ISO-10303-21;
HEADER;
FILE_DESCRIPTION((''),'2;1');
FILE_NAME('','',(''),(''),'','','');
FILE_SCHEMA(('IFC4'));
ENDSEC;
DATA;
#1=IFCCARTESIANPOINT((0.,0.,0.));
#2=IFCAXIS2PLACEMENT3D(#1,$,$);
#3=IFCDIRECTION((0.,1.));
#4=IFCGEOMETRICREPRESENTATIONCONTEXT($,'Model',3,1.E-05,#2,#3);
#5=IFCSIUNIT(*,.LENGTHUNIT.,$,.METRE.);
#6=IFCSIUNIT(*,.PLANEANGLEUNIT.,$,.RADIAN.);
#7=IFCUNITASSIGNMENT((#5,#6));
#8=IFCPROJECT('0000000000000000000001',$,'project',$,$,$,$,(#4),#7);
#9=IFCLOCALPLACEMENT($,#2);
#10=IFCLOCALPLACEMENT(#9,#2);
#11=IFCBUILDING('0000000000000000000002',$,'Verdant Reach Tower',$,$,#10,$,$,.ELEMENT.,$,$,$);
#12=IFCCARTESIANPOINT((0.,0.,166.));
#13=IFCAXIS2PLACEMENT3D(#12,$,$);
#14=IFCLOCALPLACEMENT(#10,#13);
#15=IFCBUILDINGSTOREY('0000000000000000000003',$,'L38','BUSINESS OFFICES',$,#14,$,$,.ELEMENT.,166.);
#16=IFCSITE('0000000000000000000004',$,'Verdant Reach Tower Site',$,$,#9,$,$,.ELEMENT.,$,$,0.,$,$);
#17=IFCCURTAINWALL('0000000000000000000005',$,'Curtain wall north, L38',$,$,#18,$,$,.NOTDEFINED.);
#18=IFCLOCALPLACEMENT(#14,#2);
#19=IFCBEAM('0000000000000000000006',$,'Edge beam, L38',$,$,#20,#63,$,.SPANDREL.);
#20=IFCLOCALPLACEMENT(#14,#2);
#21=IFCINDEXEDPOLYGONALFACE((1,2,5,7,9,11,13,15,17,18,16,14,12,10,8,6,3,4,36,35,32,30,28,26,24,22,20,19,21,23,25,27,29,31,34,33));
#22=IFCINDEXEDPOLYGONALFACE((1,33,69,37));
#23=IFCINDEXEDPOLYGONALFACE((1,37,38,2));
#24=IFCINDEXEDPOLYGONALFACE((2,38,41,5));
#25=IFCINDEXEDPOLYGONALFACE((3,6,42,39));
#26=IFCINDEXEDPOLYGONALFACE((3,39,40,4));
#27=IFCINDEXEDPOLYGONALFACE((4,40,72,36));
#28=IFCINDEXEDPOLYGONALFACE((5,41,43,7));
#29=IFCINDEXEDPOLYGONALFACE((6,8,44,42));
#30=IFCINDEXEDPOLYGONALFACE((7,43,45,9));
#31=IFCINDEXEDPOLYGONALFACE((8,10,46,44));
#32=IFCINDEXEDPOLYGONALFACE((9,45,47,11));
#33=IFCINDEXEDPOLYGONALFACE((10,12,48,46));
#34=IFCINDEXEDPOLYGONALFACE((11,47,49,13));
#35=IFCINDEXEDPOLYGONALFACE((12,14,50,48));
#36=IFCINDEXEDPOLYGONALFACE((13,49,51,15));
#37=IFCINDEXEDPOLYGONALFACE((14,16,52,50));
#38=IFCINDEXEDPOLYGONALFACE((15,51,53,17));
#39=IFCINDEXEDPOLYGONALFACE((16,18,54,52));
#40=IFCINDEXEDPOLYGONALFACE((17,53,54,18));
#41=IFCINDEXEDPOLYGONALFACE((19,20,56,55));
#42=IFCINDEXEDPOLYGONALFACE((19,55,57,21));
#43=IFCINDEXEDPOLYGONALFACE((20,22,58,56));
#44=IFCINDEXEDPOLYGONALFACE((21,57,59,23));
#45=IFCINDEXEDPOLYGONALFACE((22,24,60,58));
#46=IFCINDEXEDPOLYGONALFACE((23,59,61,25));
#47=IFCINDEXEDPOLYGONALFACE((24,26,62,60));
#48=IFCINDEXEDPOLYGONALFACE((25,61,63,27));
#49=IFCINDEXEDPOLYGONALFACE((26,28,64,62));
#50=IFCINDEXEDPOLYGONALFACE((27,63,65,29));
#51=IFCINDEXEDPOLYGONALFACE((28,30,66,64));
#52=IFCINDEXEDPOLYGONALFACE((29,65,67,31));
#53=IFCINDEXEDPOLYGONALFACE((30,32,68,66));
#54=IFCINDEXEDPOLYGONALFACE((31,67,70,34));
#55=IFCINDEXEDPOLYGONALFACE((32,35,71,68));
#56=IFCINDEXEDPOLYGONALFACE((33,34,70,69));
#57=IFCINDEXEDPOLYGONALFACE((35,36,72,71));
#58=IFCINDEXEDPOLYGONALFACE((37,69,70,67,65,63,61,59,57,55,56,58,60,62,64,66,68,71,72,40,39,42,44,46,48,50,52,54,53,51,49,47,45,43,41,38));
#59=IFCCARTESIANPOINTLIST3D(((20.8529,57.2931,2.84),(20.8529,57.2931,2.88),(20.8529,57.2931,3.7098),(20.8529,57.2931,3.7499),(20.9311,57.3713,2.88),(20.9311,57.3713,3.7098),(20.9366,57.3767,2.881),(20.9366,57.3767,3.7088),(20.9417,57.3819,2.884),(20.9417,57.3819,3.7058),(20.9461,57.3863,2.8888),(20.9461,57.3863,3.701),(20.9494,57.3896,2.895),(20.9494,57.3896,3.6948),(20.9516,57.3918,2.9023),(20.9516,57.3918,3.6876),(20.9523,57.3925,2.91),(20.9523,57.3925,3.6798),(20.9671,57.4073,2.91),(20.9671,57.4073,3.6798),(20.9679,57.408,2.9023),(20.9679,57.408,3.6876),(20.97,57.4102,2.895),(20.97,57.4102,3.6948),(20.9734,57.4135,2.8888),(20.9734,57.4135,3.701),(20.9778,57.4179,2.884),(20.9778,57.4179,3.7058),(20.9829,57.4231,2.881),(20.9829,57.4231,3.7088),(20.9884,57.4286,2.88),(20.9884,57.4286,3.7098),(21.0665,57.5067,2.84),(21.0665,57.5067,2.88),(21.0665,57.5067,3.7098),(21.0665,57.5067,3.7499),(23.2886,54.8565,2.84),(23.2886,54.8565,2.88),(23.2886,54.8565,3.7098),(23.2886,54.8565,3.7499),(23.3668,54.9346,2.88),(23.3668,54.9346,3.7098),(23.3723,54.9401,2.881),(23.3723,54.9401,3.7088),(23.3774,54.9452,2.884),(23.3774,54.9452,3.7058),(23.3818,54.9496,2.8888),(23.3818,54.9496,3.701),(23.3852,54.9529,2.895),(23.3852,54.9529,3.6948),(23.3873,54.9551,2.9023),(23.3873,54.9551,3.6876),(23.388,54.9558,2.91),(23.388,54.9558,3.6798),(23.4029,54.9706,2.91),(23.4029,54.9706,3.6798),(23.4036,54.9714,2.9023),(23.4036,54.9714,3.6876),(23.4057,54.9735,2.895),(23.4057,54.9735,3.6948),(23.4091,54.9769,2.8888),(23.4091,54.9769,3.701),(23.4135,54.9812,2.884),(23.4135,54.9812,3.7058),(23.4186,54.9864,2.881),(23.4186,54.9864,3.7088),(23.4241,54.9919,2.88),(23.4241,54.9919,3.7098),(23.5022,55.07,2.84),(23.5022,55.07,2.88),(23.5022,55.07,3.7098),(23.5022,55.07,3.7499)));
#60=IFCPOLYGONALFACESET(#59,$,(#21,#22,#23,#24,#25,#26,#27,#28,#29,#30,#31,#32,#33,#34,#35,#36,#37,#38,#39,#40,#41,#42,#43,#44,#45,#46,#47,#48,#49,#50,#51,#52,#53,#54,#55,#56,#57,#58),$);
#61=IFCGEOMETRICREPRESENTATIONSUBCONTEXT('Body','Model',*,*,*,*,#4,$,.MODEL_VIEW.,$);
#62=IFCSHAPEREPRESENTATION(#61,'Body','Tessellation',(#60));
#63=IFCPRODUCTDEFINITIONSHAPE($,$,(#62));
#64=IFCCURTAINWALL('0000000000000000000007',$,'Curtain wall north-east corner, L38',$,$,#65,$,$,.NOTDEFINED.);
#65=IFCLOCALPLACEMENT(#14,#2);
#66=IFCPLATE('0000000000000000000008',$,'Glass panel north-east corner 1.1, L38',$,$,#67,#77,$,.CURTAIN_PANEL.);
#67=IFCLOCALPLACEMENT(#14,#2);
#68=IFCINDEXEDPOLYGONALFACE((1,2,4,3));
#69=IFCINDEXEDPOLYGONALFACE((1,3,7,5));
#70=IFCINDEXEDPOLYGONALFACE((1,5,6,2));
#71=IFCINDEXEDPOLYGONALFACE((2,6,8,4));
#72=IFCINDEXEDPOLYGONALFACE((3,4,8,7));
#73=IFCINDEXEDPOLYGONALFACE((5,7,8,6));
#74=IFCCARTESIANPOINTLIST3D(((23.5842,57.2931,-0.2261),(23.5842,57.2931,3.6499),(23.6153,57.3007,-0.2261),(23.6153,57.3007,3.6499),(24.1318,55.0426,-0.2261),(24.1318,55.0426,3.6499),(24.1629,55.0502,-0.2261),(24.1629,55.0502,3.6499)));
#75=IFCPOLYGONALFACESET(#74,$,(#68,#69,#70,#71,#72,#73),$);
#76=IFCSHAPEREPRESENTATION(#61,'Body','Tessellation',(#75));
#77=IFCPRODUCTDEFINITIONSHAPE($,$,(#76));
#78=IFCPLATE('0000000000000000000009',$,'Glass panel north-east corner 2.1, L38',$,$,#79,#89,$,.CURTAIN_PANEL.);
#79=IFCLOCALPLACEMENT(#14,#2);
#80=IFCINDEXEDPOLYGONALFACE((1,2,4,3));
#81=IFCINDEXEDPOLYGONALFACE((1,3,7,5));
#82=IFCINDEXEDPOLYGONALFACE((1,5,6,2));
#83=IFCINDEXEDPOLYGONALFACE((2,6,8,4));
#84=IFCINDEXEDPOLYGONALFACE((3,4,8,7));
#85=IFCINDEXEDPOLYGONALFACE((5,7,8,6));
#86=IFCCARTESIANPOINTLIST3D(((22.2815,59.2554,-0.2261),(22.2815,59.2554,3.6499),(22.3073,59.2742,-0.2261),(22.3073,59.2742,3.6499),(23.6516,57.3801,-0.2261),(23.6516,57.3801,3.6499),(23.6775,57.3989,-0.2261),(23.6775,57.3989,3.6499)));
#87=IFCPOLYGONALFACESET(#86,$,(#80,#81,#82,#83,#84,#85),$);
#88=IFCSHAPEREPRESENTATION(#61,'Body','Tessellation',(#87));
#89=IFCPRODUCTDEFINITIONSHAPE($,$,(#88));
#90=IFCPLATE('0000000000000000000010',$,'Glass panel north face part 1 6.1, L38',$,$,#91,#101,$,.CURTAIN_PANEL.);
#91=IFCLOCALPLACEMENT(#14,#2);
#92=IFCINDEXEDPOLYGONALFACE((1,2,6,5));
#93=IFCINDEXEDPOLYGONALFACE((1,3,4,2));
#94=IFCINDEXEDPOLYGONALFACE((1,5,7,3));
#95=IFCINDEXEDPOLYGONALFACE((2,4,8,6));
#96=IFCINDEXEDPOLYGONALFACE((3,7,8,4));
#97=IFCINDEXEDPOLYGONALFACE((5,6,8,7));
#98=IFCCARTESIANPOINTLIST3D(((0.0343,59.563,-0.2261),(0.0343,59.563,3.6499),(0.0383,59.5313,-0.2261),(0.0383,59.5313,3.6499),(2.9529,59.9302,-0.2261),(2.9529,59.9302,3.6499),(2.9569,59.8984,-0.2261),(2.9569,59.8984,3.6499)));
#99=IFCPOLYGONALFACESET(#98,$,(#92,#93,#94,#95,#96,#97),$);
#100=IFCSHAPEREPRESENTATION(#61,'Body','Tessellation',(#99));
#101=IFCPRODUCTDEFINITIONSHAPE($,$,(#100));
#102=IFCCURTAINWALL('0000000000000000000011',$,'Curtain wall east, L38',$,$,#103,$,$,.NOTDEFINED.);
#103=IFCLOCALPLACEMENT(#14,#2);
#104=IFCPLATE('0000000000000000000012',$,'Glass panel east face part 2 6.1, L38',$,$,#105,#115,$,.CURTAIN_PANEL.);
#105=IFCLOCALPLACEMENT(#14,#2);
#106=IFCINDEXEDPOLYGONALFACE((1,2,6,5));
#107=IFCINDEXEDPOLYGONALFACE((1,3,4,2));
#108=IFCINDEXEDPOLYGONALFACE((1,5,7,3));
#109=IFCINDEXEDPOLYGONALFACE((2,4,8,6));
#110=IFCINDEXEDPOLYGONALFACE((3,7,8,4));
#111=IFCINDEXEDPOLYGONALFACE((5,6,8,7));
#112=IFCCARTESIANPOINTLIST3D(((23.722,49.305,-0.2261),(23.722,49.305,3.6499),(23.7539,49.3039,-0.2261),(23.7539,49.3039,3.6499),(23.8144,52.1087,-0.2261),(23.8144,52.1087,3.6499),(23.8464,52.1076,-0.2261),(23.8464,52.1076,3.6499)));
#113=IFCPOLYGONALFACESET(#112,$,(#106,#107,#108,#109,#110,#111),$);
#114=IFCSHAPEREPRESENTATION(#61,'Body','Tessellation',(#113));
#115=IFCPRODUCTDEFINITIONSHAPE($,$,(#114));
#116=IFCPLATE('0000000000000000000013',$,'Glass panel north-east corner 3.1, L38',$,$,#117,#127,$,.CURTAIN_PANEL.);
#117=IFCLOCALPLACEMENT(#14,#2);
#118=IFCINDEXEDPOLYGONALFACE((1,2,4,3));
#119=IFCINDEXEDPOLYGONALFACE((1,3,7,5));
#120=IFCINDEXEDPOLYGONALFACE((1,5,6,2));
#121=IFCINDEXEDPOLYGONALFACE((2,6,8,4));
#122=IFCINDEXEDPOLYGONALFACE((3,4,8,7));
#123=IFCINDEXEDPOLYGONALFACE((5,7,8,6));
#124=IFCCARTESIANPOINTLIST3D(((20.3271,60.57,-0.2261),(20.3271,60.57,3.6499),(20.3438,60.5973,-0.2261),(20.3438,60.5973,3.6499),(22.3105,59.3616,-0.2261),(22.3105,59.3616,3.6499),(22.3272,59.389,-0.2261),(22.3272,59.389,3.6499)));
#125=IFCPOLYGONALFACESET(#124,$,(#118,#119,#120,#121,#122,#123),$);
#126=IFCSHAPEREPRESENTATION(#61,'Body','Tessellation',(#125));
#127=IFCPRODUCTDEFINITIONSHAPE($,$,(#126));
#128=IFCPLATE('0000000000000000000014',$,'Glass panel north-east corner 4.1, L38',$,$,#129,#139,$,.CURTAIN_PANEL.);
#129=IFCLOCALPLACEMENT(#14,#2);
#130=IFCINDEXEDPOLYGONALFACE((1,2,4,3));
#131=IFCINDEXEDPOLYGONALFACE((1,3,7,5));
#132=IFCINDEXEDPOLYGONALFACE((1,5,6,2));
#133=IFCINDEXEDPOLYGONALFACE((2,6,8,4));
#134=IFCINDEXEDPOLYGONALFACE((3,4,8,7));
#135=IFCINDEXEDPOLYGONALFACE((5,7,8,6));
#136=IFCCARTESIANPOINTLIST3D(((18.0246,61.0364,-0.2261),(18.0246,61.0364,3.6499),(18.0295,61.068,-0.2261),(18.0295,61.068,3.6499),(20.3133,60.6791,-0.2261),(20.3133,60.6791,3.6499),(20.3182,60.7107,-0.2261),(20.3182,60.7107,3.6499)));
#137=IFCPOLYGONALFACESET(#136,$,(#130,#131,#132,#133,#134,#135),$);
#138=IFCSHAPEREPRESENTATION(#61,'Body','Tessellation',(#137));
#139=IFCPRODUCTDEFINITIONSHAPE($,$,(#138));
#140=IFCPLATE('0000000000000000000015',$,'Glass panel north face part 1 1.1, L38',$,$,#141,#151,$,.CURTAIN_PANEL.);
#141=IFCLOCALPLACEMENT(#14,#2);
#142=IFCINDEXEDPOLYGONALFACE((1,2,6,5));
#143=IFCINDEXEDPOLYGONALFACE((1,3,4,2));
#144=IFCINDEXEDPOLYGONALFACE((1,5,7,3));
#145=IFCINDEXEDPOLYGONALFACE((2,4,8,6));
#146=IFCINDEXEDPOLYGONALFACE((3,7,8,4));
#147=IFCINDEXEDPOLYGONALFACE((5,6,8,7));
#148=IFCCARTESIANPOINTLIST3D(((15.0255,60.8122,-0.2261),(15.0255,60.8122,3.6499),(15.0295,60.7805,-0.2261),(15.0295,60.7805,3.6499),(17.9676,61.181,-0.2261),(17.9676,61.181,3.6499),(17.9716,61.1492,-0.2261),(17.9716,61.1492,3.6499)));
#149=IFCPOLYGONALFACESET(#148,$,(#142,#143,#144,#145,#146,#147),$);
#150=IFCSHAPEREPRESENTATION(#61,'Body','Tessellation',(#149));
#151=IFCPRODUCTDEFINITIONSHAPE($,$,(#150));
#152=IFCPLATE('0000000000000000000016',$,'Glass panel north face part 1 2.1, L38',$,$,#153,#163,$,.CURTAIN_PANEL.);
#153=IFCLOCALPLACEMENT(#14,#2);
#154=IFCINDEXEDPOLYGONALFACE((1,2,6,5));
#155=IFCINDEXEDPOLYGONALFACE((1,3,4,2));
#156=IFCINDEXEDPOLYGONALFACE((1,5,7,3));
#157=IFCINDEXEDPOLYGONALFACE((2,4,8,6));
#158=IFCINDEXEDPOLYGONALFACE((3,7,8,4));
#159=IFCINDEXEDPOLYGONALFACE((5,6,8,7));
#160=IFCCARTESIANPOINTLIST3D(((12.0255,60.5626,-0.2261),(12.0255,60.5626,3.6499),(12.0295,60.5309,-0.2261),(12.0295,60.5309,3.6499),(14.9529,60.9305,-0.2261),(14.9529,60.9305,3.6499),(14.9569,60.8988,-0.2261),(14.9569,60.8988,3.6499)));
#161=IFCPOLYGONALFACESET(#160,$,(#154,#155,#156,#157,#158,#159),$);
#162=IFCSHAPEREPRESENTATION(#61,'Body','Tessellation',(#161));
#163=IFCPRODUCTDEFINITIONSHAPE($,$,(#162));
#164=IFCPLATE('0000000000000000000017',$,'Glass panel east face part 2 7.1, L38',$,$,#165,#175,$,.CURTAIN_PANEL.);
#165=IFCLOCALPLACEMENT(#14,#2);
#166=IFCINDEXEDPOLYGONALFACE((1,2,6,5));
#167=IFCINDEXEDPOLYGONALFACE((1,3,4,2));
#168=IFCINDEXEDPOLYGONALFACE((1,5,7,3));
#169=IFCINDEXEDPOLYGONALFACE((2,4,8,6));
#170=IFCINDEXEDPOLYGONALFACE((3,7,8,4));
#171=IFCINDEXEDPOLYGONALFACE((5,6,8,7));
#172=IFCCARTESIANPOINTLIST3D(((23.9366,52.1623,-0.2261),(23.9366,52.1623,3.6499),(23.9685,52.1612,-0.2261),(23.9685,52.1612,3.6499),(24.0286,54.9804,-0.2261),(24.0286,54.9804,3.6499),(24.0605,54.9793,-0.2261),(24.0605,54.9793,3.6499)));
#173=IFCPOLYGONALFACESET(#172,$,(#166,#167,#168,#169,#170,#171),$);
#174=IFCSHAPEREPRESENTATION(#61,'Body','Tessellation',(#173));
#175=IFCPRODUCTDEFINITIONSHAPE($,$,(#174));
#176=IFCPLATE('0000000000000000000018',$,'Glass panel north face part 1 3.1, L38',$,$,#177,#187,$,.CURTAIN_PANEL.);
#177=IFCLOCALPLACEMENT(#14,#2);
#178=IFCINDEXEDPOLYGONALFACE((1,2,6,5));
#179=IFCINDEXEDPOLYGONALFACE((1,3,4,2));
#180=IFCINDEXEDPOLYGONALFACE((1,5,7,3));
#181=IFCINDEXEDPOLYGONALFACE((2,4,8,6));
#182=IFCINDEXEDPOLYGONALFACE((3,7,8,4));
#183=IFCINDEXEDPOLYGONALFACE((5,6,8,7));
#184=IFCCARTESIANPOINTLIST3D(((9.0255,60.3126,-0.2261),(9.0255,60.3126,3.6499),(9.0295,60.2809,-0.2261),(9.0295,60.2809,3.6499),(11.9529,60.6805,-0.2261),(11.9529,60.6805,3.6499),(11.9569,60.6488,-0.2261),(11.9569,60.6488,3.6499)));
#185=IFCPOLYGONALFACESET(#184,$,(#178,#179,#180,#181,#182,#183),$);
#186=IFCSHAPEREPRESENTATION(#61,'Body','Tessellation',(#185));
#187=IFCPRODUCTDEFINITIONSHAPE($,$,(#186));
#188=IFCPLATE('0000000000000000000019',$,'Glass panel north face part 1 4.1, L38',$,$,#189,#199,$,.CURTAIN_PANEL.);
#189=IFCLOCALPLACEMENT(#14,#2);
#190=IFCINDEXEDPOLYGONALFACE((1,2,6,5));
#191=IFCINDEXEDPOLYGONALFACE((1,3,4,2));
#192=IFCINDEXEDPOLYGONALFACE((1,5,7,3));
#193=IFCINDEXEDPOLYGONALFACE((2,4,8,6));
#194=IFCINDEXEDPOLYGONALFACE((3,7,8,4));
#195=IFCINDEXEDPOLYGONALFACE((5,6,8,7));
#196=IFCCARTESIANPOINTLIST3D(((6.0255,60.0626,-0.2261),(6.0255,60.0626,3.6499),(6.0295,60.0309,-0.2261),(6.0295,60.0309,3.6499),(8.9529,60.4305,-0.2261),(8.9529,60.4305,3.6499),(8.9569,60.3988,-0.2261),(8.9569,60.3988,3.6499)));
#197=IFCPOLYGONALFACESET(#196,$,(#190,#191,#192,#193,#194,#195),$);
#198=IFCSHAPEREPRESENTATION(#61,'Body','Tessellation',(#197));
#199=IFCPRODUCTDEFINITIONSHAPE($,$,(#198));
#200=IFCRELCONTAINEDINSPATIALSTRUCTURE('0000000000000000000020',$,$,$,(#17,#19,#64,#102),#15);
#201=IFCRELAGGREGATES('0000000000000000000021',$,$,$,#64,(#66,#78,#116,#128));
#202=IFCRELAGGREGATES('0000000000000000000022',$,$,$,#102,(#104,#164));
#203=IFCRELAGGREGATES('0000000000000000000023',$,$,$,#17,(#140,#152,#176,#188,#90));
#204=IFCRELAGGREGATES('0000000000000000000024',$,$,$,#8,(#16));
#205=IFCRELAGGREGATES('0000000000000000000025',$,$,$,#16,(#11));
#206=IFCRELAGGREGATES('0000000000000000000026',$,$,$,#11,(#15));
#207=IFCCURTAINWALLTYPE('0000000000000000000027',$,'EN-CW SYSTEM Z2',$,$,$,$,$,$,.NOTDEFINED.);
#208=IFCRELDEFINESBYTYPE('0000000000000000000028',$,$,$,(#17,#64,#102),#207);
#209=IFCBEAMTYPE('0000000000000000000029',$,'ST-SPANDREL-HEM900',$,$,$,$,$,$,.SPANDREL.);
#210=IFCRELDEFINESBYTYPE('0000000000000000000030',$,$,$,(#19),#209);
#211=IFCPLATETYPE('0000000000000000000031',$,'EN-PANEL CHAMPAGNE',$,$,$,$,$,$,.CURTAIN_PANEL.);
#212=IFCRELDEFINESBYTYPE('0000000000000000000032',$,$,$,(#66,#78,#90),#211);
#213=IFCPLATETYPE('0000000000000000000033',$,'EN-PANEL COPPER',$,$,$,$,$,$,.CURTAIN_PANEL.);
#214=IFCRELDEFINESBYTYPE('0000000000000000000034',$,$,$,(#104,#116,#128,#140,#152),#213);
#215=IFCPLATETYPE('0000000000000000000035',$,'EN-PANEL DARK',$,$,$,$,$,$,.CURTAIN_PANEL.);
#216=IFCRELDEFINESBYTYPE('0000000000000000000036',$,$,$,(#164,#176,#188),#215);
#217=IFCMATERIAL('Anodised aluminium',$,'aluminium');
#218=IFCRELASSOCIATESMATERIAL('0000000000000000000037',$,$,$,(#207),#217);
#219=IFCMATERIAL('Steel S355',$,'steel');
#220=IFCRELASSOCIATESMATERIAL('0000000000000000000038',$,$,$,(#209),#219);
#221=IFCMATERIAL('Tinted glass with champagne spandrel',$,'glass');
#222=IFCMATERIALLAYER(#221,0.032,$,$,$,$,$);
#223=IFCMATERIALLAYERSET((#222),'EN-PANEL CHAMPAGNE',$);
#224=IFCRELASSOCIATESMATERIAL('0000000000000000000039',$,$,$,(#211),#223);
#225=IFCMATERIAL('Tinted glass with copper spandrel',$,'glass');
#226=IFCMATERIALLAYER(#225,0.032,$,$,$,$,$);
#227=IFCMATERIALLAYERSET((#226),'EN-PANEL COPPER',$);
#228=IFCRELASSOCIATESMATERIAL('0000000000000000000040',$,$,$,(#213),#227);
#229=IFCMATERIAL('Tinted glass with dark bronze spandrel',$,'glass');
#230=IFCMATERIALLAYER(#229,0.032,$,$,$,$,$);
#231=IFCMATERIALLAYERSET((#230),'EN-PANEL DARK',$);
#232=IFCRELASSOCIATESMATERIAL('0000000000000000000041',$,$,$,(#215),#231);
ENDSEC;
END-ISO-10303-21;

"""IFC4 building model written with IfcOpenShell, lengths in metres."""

from ifc_helpers import new_model, si_unit, direction, frame, origin, origin_2d, place, context, subcontext, project, spatial, rectangle, i_section, extrude, material, layer, layer_set, material_profile, profile_set, type_object, element, aggregate, save


model = new_model("IFC4")

# Units and contexts
model_context = context("Model", 3, precision=1e-05, world=origin(), true_north=direction((0.0, 1.0)))
body_context = subcontext(model_context, "Body", "Model", "MODEL_VIEW")
ifc_project = project(units=[si_unit("LENGTHUNIT", "METRE"), si_unit("PLANEANGLEUNIT", "RADIAN")], contexts=[model_context])

# Site, building, storey
site_placement = place(None, origin())
site = spatial("IfcSite", under=ifc_project, at=site_placement, Name="Verdant Reach Tower Site", CompositionType="ELEMENT", RefElevation=0.0)
building_placement = place(site_placement, origin())
building = spatial("IfcBuilding", under=site, at=building_placement, Name="Verdant Reach Tower", CompositionType="ELEMENT")
storey_placement = place(building_placement, frame((0.0, 0.0, 166.0)))
storey = spatial("IfcBuildingStorey", under=building, at=storey_placement, Name="L38", Description="BUSINESS OFFICES", CompositionType="ELEMENT", Elevation=166.0)

# Curtain wall
ifc_material_1 = material(Name="Anodised aluminium", Category="aluminium")
curtain_wall_type = type_object("IfcCurtainWallType", Name="EN-CW SYSTEM Z2", PredefinedType="NOTDEFINED", material=ifc_material_1)
curtain_wall_1_placement = place(storey_placement, origin())
curtain_wall_1 = element("IfcCurtainWall", 1, at=curtain_wall_1_placement, inside=storey, type_object=curtain_wall_type, Name="Curtain wall north, L38", PredefinedType="NOTDEFINED")

# Beam
ifc_material_2 = material(Name="Steel S355", Category="steel")
ifc_material_profile_1 = material_profile(ifc_material_2, i_section(OverallWidth=0.302, OverallDepth=0.9099, WebThickness=0.021, FlangeThickness=0.04, FilletRadius=0.03, at=origin_2d()), Name="HEM 900")
ifc_profile_set_1 = profile_set([ifc_material_profile_1], Name="Steel S355")
beam_type_1 = type_object("IfcBeamType", Name="ST-SPANDREL-HEM900", PredefinedType="SPANDREL", material=ifc_profile_set_1)
beam_1_placement = place(storey_placement, frame((20.9597, 57.3999, 3.2949), z_axis=(0.706965, -0.707248, 0.0), x_axis=(0.707248, 0.706965, 0.0)))
element("IfcBeam", 2, at=beam_1_placement, inside=storey, type_object=beam_type_1, Name="Edge beam, L38", PredefinedType="SPANDREL", context=body_context, shape_type="SweptSolid", body=[
    extrude(i_section(OverallWidth=0.302, OverallDepth=0.9099, WebThickness=0.021, FlangeThickness=0.04, FilletRadius=0.03, at=origin_2d()), origin(), (0.0, 0.0, 1.0), 3.4453),
])

# Curtain wall, plates
curtain_wall_2_placement = place(storey_placement, origin())
curtain_wall_2 = element("IfcCurtainWall", 3, at=curtain_wall_2_placement, inside=storey, type_object=curtain_wall_type, Name="Curtain wall north-east corner, L38", PredefinedType="NOTDEFINED")
ifc_material_3 = material(Name="Tinted glass with champagne spandrel", Category="glass")
ifc_layer_1 = layer(ifc_material_3, 0.032)
ifc_layer_set_1 = layer_set([ifc_layer_1], Name="EN-PANEL CHAMPAGNE")
plate_type_1 = type_object("IfcPlateType", Name="EN-PANEL CHAMPAGNE", PredefinedType="CURTAIN_PANEL", material=ifc_layer_set_1)
plate_1_placement = place(storey_placement, frame((23.8735, 56.1716, -0.2261), z_axis=(0.0, 0.0, 1.0), x_axis=(-0.236416, 0.971652, 0.0)))
plate_1 = element("IfcPlate", 4, at=plate_1_placement, type_object=plate_type_1, Name="Glass panel north-east corner 1.1, L38", PredefinedType="CURTAIN_PANEL", context=body_context, shape_type="SweptSolid", body=[
    extrude(rectangle(XDim=2.3162, YDim=0.032, at=origin_2d()), origin(), (0.0, 0.0, 1.0), 3.876),
])
plate_2_placement = place(storey_placement, frame((22.9795, 58.3271, -0.2261), z_axis=(0.0, 0.0, 1.0), x_axis=(-0.589927, 0.807457, 0.0)))
plate_2 = element("IfcPlate", 5, at=plate_2_placement, type_object=plate_type_1, Name="Glass panel north-east corner 2.1, L38", PredefinedType="CURTAIN_PANEL", context=body_context, shape_type="SweptSolid", body=[
    extrude(rectangle(XDim=2.3225, YDim=0.032, at=origin_2d()), origin(), (0.0, 0.0, 1.0), 3.876),
])

# Plate
plate_3_placement = place(storey_placement, frame((1.4956, 59.7307, -0.2261), z_axis=(0.0, 0.0, 1.0), x_axis=(-0.992179, -0.124825, 0.0)))
plate_3 = element("IfcPlate", 6, at=plate_3_placement, type_object=plate_type_1, Name="Glass panel north face part 1 6.1, L38", PredefinedType="CURTAIN_PANEL", context=body_context, shape_type="SweptSolid", body=[
    extrude(rectangle(XDim=2.9417, YDim=0.032, at=origin_2d()), origin(), (0.0, 0.0, 1.0), 3.876),
])

# Curtain wall, plate
curtain_wall_3_placement = place(storey_placement, origin())
curtain_wall_3 = element("IfcCurtainWall", 7, at=curtain_wall_3_placement, inside=storey, type_object=curtain_wall_type, Name="Curtain wall east, L38", PredefinedType="NOTDEFINED")
ifc_material_4 = material(Name="Tinted glass with copper spandrel", Category="glass")
ifc_layer_2 = layer(ifc_material_4, 0.032)
ifc_layer_set_2 = layer_set([ifc_layer_2], Name="EN-PANEL COPPER")
plate_type_2 = type_object("IfcPlateType", Name="EN-PANEL COPPER", PredefinedType="CURTAIN_PANEL", material=ifc_layer_set_2)
plate_4_placement = place(storey_placement, frame((23.7842, 50.7063, -0.2261), z_axis=(0.0, 0.0, 1.0), x_axis=(0.032966, 0.999456, 0.0)))
plate_4 = element("IfcPlate", 8, at=plate_4_placement, type_object=plate_type_2, Name="Glass panel east face part 2 6.1, L38", PredefinedType="CURTAIN_PANEL", context=body_context, shape_type="SweptSolid", body=[
    extrude(rectangle(XDim=2.8052, YDim=0.032, at=origin_2d()), origin(), (0.0, 0.0, 1.0), 3.876),
])

# Plates
plate_5_placement = place(storey_placement, frame((21.3271, 59.9795, -0.2261), z_axis=(0.0, 0.0, 1.0), x_axis=(-0.853989, 0.520292, 0.0)))
plate_5 = element("IfcPlate", 9, at=plate_5_placement, type_object=plate_type_2, Name="Glass panel north-east corner 3.1, L38", PredefinedType="CURTAIN_PANEL", context=body_context, shape_type="SweptSolid", body=[
    extrude(rectangle(XDim=2.3225, YDim=0.032, at=origin_2d()), origin(), (0.0, 0.0, 1.0), 3.876),
])
plate_6_placement = place(storey_placement, frame((19.1714, 60.8735, -0.2261), z_axis=(0.0, 0.0, 1.0), x_axis=(-0.988031, 0.154256, 0.0)))
plate_6 = element("IfcPlate", 10, at=plate_6_placement, type_object=plate_type_2, Name="Glass panel north-east corner 4.1, L38", PredefinedType="CURTAIN_PANEL", context=body_context, shape_type="SweptSolid", body=[
    extrude(rectangle(XDim=2.3164, YDim=0.032, at=origin_2d()), origin(), (0.0, 0.0, 1.0), 3.876),
])
aggregate(curtain_wall_2, [plate_1, plate_2, plate_5, plate_6])
plate_7_placement = place(storey_placement, frame((16.4985, 60.9807, -0.2261), z_axis=(0.0, 0.0, 1.0), x_axis=(-0.992237, -0.124365, 0.0)))
plate_7 = element("IfcPlate", 11, at=plate_7_placement, type_object=plate_type_2, Name="Glass panel north face part 1 1.1, L38", PredefinedType="CURTAIN_PANEL", context=body_context, shape_type="SweptSolid", body=[
    extrude(rectangle(XDim=2.9651, YDim=0.032, at=origin_2d()), origin(), (0.0, 0.0, 1.0), 3.876),
])
plate_8_placement = place(storey_placement, frame((13.4912, 60.7307, -0.2261), z_axis=(0.0, 0.0, 1.0), x_axis=(-0.992194, -0.124704, 0.0)))
plate_8 = element("IfcPlate", 12, at=plate_8_placement, type_object=plate_type_2, Name="Glass panel north face part 1 2.1, L38", PredefinedType="CURTAIN_PANEL", context=body_context, shape_type="SweptSolid", body=[
    extrude(rectangle(XDim=2.9504, YDim=0.032, at=origin_2d()), origin(), (0.0, 0.0, 1.0), 3.876),
])
ifc_material_5 = material(Name="Tinted glass with dark bronze spandrel", Category="glass")
ifc_layer_3 = layer(ifc_material_5, 0.032)
ifc_layer_set_3 = layer_set([ifc_layer_3], Name="EN-PANEL DARK")
plate_type_3 = type_object("IfcPlateType", Name="EN-PANEL DARK", PredefinedType="CURTAIN_PANEL", material=ifc_layer_set_3)
plate_9_placement = place(storey_placement, frame((23.9985, 53.5708, -0.2261), z_axis=(0.0, 0.0, 1.0), x_axis=(0.032628, 0.999468, 0.0)))
plate_9 = element("IfcPlate", 13, at=plate_9_placement, type_object=plate_type_3, Name="Glass panel east face part 2 7.1, L38", PredefinedType="CURTAIN_PANEL", context=body_context, shape_type="SweptSolid", body=[
    extrude(rectangle(XDim=2.8196, YDim=0.032, at=origin_2d()), origin(), (0.0, 0.0, 1.0), 3.876),
])
aggregate(curtain_wall_3, [plate_4, plate_9])
plate_10_placement = place(storey_placement, frame((10.4912, 60.4807, -0.2261), z_axis=(0.0, 0.0, 1.0), x_axis=(-0.992194, -0.124704, 0.0)))
plate_10 = element("IfcPlate", 14, at=plate_10_placement, type_object=plate_type_3, Name="Glass panel north face part 1 3.1, L38", PredefinedType="CURTAIN_PANEL", context=body_context, shape_type="SweptSolid", body=[
    extrude(rectangle(XDim=2.9504, YDim=0.032, at=origin_2d()), origin(), (0.0, 0.0, 1.0), 3.876),
])
plate_11_placement = place(storey_placement, frame((7.4912, 60.2307, -0.2261), z_axis=(0.0, 0.0, 1.0), x_axis=(-0.992194, -0.124704, 0.0)))
plate_11 = element("IfcPlate", 15, at=plate_11_placement, type_object=plate_type_3, Name="Glass panel north face part 1 4.1, L38", PredefinedType="CURTAIN_PANEL", context=body_context, shape_type="SweptSolid", body=[
    extrude(rectangle(XDim=2.9504, YDim=0.032, at=origin_2d()), origin(), (0.0, 0.0, 1.0), 3.876),
])
aggregate(curtain_wall_1, [plate_7, plate_8, plate_10, plate_11, plate_3])

save(model, "model.ifc")
